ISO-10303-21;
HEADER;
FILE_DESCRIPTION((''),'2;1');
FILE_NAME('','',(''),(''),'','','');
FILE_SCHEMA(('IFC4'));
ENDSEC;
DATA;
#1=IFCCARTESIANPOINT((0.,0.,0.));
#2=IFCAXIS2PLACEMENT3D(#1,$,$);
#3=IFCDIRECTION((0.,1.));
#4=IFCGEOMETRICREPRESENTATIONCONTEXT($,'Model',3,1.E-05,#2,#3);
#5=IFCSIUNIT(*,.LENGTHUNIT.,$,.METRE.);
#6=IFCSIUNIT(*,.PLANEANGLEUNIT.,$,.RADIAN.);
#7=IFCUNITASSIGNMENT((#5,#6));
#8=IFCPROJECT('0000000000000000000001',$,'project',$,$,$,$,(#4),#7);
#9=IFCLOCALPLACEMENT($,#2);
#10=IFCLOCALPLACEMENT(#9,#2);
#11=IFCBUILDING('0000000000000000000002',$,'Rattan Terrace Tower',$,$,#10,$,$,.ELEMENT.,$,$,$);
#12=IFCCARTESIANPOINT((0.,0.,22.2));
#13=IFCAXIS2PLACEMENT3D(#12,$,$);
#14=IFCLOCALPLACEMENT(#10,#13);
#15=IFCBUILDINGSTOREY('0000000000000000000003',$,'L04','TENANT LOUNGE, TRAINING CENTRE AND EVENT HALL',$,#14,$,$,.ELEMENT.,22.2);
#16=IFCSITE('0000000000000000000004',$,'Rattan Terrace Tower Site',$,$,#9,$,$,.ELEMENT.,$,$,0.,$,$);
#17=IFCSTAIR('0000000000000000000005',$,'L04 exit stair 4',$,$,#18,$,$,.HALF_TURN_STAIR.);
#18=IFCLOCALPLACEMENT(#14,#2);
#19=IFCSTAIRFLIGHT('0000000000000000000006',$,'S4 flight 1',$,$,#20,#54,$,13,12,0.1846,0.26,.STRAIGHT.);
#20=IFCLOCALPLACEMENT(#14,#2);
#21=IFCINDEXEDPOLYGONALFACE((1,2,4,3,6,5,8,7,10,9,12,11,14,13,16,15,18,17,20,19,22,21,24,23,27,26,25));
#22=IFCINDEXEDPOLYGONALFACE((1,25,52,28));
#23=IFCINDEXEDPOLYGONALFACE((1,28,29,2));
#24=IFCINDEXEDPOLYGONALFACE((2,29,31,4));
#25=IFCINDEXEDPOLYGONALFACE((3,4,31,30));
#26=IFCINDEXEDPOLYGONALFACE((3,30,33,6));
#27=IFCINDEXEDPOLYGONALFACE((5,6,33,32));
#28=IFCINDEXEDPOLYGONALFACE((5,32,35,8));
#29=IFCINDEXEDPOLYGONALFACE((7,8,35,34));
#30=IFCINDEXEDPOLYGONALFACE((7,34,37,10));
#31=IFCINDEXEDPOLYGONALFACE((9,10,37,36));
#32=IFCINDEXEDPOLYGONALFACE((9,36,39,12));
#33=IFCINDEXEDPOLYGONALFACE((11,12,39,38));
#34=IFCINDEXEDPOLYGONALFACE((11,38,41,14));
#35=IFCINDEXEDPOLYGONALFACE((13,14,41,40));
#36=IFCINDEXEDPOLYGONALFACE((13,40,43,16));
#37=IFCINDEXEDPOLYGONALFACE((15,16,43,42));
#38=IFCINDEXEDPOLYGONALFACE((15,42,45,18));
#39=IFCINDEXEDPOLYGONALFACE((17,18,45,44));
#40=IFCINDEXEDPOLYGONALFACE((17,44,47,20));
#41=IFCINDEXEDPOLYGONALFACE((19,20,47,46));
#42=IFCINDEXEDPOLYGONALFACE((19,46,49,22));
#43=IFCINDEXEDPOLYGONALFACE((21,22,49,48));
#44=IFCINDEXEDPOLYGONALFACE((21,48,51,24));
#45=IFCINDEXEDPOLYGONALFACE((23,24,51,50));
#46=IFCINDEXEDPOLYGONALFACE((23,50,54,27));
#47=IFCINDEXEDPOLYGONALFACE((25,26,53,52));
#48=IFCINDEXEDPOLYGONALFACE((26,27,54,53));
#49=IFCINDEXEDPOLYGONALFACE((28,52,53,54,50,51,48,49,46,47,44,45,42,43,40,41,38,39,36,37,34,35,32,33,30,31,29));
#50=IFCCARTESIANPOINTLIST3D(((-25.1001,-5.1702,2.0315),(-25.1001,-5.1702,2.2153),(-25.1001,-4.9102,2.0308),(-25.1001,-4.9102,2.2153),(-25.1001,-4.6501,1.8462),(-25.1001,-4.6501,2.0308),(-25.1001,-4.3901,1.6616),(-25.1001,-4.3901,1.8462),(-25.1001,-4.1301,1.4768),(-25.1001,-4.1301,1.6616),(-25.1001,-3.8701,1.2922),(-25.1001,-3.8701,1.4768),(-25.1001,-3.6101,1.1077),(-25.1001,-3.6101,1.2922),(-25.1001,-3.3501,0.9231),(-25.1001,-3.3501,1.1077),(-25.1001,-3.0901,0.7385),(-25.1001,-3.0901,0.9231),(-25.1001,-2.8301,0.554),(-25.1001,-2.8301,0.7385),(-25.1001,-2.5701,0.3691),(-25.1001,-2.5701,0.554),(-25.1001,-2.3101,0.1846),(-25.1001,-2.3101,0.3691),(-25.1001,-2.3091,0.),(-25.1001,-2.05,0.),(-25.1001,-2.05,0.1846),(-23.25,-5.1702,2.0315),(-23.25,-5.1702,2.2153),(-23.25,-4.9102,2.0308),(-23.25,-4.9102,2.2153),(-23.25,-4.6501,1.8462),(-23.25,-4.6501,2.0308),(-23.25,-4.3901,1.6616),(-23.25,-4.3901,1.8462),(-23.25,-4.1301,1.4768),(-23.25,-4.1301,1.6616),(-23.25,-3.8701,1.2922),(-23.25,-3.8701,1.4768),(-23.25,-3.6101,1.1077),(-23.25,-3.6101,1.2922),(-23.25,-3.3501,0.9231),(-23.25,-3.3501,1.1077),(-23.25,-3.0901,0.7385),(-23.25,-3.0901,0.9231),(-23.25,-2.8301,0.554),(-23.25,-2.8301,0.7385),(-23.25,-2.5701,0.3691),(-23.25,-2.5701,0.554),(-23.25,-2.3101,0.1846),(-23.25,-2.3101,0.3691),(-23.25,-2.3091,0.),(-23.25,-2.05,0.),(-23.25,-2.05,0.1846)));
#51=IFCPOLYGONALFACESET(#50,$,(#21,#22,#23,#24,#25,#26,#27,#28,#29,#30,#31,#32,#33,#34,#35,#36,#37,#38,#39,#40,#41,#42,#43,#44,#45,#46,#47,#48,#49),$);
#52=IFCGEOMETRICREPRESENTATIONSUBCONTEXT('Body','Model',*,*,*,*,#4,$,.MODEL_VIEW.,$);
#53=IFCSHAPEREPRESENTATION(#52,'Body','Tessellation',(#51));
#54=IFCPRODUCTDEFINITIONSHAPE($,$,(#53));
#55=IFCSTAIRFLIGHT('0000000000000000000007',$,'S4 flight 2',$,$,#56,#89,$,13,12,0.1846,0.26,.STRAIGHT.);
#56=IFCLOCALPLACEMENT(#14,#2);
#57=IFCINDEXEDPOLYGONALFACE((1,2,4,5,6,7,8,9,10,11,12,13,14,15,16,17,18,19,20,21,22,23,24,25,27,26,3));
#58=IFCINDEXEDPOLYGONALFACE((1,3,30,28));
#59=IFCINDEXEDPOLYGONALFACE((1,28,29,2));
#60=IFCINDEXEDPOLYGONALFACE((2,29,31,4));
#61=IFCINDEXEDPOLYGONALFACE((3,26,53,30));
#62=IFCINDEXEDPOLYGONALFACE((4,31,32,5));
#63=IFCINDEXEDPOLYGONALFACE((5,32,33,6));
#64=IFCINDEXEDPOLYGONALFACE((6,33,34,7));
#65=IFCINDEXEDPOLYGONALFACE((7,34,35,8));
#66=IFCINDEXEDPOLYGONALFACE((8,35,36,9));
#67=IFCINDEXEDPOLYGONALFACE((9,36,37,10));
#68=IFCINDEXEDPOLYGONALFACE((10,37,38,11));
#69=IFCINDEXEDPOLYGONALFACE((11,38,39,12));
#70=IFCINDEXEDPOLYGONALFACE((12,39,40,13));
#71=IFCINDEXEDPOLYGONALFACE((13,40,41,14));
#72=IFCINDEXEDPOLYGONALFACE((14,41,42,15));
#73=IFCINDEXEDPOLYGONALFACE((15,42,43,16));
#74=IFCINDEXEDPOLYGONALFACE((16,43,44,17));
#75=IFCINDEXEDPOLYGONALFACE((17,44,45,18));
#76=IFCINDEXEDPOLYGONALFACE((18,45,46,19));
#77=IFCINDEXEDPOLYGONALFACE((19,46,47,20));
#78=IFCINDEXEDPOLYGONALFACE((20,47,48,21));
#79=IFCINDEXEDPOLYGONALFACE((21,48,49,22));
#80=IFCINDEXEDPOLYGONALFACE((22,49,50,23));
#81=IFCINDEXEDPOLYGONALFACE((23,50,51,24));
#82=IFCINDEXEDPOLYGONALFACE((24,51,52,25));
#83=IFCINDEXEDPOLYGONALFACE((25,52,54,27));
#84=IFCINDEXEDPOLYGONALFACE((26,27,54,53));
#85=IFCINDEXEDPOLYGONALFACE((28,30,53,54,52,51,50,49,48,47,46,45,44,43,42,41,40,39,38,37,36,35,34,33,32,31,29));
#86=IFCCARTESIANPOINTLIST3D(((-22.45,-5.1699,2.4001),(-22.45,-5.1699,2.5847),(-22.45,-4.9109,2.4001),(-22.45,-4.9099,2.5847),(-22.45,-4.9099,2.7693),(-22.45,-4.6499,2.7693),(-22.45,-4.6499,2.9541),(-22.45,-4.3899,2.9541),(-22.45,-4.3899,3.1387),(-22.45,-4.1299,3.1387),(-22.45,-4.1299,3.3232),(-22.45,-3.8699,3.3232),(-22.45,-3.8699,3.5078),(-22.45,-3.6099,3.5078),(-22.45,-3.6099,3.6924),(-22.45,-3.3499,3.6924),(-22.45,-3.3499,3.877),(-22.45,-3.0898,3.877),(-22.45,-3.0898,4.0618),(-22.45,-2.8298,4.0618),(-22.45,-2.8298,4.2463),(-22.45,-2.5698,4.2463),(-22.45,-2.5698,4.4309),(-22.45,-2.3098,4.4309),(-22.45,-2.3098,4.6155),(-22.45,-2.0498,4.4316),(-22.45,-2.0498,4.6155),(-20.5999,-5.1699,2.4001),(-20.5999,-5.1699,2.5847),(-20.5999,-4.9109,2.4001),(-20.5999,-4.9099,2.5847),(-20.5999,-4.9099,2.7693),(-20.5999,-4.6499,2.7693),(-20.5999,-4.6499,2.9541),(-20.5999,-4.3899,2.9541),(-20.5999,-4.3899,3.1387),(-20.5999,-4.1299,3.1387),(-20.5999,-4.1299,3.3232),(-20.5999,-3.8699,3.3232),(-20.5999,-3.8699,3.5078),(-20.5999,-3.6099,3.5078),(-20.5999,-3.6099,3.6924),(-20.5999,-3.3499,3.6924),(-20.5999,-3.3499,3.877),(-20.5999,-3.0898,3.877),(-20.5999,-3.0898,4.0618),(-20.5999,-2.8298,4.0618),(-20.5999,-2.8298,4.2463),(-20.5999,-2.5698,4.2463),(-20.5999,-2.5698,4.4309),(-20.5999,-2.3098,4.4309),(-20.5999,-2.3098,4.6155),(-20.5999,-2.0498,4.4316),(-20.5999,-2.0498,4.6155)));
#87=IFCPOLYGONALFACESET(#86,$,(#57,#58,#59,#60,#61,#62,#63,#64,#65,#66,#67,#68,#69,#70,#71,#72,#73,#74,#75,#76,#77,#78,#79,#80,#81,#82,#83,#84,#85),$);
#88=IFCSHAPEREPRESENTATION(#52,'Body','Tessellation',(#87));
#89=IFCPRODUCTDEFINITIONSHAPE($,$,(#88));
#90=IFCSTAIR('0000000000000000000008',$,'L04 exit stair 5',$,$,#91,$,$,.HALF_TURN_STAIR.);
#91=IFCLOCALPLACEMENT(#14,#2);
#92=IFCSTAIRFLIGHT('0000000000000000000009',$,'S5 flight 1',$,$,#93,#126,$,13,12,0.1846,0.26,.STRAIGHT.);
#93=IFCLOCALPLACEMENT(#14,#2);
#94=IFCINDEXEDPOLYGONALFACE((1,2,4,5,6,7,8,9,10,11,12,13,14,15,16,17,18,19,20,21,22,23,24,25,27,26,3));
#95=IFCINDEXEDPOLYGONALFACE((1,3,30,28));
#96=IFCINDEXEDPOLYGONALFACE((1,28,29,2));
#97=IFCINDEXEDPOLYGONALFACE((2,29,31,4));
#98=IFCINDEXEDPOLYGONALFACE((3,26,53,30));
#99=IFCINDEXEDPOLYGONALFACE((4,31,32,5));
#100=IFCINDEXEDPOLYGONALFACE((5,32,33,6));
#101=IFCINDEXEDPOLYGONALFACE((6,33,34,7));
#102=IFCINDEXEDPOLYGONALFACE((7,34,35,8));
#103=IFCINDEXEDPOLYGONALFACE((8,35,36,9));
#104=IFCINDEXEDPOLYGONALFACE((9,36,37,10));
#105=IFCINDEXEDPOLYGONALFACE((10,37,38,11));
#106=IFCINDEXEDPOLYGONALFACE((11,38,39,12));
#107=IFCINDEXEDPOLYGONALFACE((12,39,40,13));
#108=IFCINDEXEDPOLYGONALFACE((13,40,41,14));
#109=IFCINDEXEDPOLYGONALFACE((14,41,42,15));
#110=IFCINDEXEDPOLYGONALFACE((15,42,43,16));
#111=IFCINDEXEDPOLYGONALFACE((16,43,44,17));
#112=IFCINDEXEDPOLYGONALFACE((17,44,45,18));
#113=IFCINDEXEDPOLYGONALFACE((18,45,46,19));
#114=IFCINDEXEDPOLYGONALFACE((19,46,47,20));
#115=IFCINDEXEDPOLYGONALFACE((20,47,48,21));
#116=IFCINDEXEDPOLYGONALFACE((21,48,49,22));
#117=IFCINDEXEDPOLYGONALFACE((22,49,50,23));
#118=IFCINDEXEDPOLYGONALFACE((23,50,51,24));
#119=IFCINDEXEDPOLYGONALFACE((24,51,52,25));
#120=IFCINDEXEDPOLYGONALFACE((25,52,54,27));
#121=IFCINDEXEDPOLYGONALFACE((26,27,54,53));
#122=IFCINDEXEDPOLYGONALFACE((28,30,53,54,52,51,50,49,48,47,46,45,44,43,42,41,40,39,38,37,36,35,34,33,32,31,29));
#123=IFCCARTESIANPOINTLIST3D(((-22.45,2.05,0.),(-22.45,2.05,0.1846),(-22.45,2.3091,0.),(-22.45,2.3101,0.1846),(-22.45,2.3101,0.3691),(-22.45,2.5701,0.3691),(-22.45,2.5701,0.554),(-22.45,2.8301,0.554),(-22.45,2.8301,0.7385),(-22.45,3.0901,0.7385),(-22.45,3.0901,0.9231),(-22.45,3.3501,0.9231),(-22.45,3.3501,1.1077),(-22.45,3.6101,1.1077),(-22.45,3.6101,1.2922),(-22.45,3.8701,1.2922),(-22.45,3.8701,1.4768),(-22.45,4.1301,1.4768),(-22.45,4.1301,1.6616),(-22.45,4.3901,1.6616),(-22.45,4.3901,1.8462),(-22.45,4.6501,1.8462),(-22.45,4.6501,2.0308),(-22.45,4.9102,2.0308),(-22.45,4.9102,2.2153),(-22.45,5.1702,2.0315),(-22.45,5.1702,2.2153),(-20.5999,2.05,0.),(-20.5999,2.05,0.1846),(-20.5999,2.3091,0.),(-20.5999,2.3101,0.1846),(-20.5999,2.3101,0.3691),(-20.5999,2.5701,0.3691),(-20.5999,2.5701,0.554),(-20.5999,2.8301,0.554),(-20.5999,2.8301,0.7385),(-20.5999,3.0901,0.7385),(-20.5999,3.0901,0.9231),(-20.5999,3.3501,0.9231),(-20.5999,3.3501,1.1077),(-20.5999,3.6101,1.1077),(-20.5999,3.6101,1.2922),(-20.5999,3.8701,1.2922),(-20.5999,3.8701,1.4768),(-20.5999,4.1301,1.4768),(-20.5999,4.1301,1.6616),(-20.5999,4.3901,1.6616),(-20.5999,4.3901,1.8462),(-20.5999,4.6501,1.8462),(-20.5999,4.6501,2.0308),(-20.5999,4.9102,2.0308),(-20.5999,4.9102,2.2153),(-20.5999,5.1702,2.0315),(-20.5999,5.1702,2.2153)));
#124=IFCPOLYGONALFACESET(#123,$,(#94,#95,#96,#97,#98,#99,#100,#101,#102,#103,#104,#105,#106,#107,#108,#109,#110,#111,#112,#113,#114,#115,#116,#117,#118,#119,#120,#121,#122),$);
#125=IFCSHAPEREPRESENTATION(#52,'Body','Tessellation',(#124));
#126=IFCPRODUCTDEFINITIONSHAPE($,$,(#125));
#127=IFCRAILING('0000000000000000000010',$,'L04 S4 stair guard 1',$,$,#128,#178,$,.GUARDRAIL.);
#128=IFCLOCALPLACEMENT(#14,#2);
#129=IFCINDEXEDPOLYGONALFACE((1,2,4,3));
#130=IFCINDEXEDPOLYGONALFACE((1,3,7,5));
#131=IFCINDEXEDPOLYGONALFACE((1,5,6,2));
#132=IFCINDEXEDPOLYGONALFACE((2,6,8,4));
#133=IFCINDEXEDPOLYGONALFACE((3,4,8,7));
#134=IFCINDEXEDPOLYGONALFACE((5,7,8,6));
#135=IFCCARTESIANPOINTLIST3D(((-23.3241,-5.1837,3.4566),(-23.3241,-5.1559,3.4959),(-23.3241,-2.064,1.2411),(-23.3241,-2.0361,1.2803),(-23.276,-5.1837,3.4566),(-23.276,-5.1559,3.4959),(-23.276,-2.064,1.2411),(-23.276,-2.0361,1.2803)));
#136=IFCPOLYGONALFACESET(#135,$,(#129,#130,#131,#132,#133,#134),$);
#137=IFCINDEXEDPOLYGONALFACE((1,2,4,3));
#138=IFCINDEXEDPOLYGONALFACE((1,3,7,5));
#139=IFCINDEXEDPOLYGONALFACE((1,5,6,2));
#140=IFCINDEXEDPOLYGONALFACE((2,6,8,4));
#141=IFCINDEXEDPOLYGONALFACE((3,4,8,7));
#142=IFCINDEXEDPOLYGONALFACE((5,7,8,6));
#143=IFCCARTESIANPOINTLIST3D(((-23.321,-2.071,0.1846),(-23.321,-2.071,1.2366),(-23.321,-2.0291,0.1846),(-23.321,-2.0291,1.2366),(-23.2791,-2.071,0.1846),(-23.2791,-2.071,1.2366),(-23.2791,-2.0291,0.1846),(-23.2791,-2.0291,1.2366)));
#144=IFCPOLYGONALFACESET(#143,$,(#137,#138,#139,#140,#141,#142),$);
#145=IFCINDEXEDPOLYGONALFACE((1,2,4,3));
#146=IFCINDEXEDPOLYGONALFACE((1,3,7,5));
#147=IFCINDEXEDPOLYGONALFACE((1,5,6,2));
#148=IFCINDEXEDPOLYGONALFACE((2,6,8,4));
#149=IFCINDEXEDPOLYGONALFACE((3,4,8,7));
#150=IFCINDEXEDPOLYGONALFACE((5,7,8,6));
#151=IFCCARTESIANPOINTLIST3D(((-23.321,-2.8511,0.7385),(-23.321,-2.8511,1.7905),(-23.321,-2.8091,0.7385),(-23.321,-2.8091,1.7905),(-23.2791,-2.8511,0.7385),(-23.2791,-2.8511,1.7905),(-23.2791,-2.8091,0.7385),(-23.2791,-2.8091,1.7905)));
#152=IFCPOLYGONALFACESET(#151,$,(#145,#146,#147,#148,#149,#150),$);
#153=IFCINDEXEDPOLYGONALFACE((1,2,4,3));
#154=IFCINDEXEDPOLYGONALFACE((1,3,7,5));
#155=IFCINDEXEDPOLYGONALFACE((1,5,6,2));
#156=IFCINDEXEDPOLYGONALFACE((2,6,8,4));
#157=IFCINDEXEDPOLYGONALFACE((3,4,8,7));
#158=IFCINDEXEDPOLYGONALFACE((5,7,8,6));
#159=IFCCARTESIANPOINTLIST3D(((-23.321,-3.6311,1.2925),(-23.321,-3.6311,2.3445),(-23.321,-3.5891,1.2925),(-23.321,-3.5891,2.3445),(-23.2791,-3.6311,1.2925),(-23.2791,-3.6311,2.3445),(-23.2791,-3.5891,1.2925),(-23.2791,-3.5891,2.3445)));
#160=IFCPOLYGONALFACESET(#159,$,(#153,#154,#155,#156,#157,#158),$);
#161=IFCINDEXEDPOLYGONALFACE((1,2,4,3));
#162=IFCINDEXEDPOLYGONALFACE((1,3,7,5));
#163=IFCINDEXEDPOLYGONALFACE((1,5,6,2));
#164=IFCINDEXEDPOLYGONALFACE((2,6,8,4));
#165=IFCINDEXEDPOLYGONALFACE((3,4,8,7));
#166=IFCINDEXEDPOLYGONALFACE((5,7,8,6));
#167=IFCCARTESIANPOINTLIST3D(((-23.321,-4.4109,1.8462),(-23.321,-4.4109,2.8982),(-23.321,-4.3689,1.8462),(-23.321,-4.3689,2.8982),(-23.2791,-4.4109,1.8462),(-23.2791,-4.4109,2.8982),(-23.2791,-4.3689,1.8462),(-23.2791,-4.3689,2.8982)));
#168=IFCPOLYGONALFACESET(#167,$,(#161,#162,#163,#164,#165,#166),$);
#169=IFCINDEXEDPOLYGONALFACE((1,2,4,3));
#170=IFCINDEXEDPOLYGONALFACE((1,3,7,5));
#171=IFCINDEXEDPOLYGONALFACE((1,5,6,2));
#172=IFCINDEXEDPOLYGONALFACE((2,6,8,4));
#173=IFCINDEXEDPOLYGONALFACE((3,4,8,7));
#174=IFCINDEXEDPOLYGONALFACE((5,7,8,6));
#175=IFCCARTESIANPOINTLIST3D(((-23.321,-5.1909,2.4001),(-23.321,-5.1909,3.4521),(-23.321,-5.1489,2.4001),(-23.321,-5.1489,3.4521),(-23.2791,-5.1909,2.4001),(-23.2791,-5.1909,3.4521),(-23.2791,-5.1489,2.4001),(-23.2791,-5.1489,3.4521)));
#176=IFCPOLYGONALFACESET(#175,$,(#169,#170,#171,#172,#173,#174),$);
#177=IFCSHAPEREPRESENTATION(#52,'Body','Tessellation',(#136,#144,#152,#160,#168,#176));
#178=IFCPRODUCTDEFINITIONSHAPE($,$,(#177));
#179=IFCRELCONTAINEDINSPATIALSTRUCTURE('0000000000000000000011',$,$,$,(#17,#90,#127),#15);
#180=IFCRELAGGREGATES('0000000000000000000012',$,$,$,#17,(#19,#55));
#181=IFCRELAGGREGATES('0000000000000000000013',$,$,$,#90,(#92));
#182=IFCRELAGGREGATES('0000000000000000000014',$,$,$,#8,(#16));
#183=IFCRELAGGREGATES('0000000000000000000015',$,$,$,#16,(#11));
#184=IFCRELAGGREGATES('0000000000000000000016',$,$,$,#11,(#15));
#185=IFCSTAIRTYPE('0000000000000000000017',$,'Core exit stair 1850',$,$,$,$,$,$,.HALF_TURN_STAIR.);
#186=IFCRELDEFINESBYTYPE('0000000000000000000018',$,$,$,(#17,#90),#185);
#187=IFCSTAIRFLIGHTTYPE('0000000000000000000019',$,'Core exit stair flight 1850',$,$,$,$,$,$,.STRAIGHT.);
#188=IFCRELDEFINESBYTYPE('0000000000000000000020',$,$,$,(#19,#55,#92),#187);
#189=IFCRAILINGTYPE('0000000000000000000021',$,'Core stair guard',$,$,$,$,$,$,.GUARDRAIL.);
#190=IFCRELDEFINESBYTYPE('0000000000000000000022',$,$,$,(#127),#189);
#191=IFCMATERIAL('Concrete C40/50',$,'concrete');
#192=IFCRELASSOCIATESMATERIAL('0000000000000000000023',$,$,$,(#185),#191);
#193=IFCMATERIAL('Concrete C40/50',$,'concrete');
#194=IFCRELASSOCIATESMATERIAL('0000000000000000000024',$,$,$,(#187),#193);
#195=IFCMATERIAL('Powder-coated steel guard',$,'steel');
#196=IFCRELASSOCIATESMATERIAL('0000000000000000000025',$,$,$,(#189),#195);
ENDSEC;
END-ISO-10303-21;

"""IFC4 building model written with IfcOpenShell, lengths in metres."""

from ifc_helpers import new_model, si_unit, direction, frame, origin, origin_2d, place, context, subcontext, project, spatial, polyline, rectangle, outline, extrude, material, type_object, element, aggregate, save


model = new_model("IFC4")

# Units and contexts
model_context = context("Model", 3, precision=1e-05, world=origin(), true_north=direction((0.0, 1.0)))
body_context = subcontext(model_context, "Body", "Model", "MODEL_VIEW")
ifc_project = project(units=[si_unit("LENGTHUNIT", "METRE"), si_unit("PLANEANGLEUNIT", "RADIAN")], contexts=[model_context])

# Site, building, storey
site_placement = place(None, origin())
site = spatial("IfcSite", under=ifc_project, at=site_placement, Name="Rattan Terrace Tower Site", CompositionType="ELEMENT", RefElevation=0.0)
building_placement = place(site_placement, origin())
building = spatial("IfcBuilding", under=site, at=building_placement, Name="Rattan Terrace Tower", CompositionType="ELEMENT")
storey_placement = place(building_placement, frame((0.0, 0.0, 22.2)))
storey = spatial("IfcBuildingStorey", under=building, at=storey_placement, Name="L04", Description="TENANT LOUNGE, TRAINING CENTRE AND EVENT HALL", CompositionType="ELEMENT", Elevation=22.2)

# Stair, stair flights
ifc_material_1 = material(Name="Concrete C40/50", Category="concrete")
stair_type = type_object("IfcStairType", Name="Core exit stair 1850", PredefinedType="HALF_TURN_STAIR", material=ifc_material_1)
stair_1_placement = place(storey_placement, origin())
stair_1 = element("IfcStair", 1, at=stair_1_placement, inside=storey, type_object=stair_type, Name="L04 exit stair 4", PredefinedType="HALF_TURN_STAIR")
ifc_material_2 = material(Name="Concrete C40/50", Category="concrete")
stair_flight_type = type_object("IfcStairFlightType", Name="Core exit stair flight 1850", PredefinedType="STRAIGHT", material=ifc_material_2)
stair_flight_1_placement = place(storey_placement, frame((-24.175, -2.05, 0.0), z_axis=(0.0, 0.0, 1.0), x_axis=(0.0, -1.0, 0.0)))
stair_flight_1 = element("IfcStairFlight", 2, at=stair_flight_1_placement, type_object=stair_flight_type, Name="S4 flight 1", NumberOfRisers=13, NumberOfTreads=12, PredefinedType="STRAIGHT", RiserHeight=0.1846, TreadLength=0.26, context=body_context, shape_type="SweptSolid", body=[
    extrude(outline(polyline([(0.0, 0.0), (0.0, 0.1846), (0.26, 0.1846), (0.26, 0.3691), (0.52, 0.3691), (0.52, 0.554), (0.78, 0.554), (0.78, 0.7385), (1.04, 0.7385), (1.04, 0.9231), (1.3, 0.9231), (1.3, 1.1077), (1.5601, 1.1077), (1.5601, 1.2922), (1.8201, 1.2922), (1.8201, 1.4768), (2.0801, 1.4768), (2.0801, 1.6616), (2.3401, 1.6616), (2.3401, 1.8462), (2.6001, 1.8462), (2.6001, 2.0308), (2.8601, 2.0308), (2.8601, 2.2153), (3.1201, 2.2153), (3.1201, 2.3999), (3.1201, 2.0315), (0.259, 0.0), (0.0, 0.0)])), frame((0.0, 0.925, 0.0), z_axis=(0.0, -1.0, 0.0), x_axis=(1.0, 0.0, 0.0)), (0.0, 0.0, 1.0), 1.8501),
])
stair_flight_2_placement = place(storey_placement, frame((-21.5249, -5.1699, 2.4001), z_axis=(0.0, 0.0, 1.0), x_axis=(0.0, 1.0, 0.0)))
stair_flight_2 = element("IfcStairFlight", 3, at=stair_flight_2_placement, type_object=stair_flight_type, Name="S4 flight 2", NumberOfRisers=13, NumberOfTreads=12, PredefinedType="STRAIGHT", RiserHeight=0.1846, TreadLength=0.26, context=body_context, shape_type="SweptSolid", body=[
    extrude(outline(polyline([(0.0, 0.0), (0.0, 0.1846), (0.26, 0.1846), (0.26, 0.3691), (0.52, 0.3691), (0.52, 0.554), (0.78, 0.554), (0.78, 0.7385), (1.04, 0.7385), (1.04, 0.9231), (1.3, 0.9231), (1.3, 1.1077), (1.5601, 1.1077), (1.5601, 1.2922), (1.8201, 1.2922), (1.8201, 1.4768), (2.0801, 1.4768), (2.0801, 1.6616), (2.3401, 1.6616), (2.3401, 1.8462), (2.6001, 1.8462), (2.6001, 2.0308), (2.8601, 2.0308), (2.8601, 2.2153), (3.1201, 2.2153), (3.1201, 2.3999), (3.1201, 2.0315), (0.259, 0.0), (0.0, 0.0)])), frame((0.0, 0.925, 0.0), z_axis=(0.0, -1.0, 0.0), x_axis=(1.0, 0.0, 0.0)), (0.0, 0.0, 1.0), 1.8501),
])
aggregate(stair_1, [stair_flight_1, stair_flight_2])

# Stair, stair flight
stair_2_placement = place(storey_placement, origin())
stair_2 = element("IfcStair", 4, at=stair_2_placement, inside=storey, type_object=stair_type, Name="L04 exit stair 5", PredefinedType="HALF_TURN_STAIR")
stair_flight_3_placement = place(storey_placement, frame((-21.5249, 2.05, 0.0), z_axis=(0.0, 0.0, 1.0), x_axis=(0.0, 1.0, 0.0)))
stair_flight_3 = element("IfcStairFlight", 5, at=stair_flight_3_placement, type_object=stair_flight_type, Name="S5 flight 1", NumberOfRisers=13, NumberOfTreads=12, PredefinedType="STRAIGHT", RiserHeight=0.1846, TreadLength=0.26, context=body_context, shape_type="SweptSolid", body=[
    extrude(outline(polyline([(0.0, 0.0), (0.0, 0.1846), (0.26, 0.1846), (0.26, 0.3691), (0.52, 0.3691), (0.52, 0.554), (0.78, 0.554), (0.78, 0.7385), (1.04, 0.7385), (1.04, 0.9231), (1.3, 0.9231), (1.3, 1.1077), (1.5601, 1.1077), (1.5601, 1.2922), (1.8201, 1.2922), (1.8201, 1.4768), (2.0801, 1.4768), (2.0801, 1.6616), (2.3401, 1.6616), (2.3401, 1.8462), (2.6001, 1.8462), (2.6001, 2.0308), (2.8601, 2.0308), (2.8601, 2.2153), (3.1201, 2.2153), (3.1201, 2.3999), (3.1201, 2.0315), (0.259, 0.0), (0.0, 0.0)])), frame((0.0, 0.925, 0.0), z_axis=(0.0, -1.0, 0.0), x_axis=(1.0, 0.0, 0.0)), (0.0, 0.0, 1.0), 1.8501),
])
aggregate(stair_2, [stair_flight_3])

# Railing
ifc_material_3 = material(Name="Powder-coated steel guard", Category="steel")
railing_type_1 = type_object("IfcRailingType", Name="Core stair guard", PredefinedType="GUARDRAIL", material=ifc_material_3)
railing_1_placement = place(storey_placement, frame((-23.3, -2.05, 0.1846)))
element("IfcRailing", 6, at=railing_1_placement, inside=storey, type_object=railing_type_1, Name="L04 S4 stair guard 1", PredefinedType="GUARDRAIL", context=body_context, shape_type="SweptSolid", body=[
    extrude(rectangle(XDim=0.0481, YDim=0.0481, at=origin_2d()), frame((0.0, 0.0, 1.0762), z_axis=(0.0, -0.815325, 0.579003), x_axis=(1.0, 0.0, 0.0)), (0.0, 0.0, 1.0), 3.8264),
    extrude(rectangle(XDim=0.042, YDim=0.042, at=origin_2d()), origin(), (0.0, 0.0, 1.0), 1.052),
    extrude(rectangle(XDim=0.042, YDim=0.042, at=origin_2d()), frame((0.0, -0.78, 0.554)), (0.0, 0.0, 1.0), 1.052),
    extrude(rectangle(XDim=0.042, YDim=0.042, at=origin_2d()), frame((0.0, -1.5601, 1.1079)), (0.0, 0.0, 1.0), 1.052),
    extrude(rectangle(XDim=0.042, YDim=0.042, at=origin_2d()), frame((0.0, -2.3398, 1.6616)), (0.0, 0.0, 1.0), 1.052),
    extrude(rectangle(XDim=0.042, YDim=0.042, at=origin_2d()), frame((0.0, -3.1199, 2.2156)), (0.0, 0.0, 1.0), 1.052),
])

save(model, "model.ifc")
